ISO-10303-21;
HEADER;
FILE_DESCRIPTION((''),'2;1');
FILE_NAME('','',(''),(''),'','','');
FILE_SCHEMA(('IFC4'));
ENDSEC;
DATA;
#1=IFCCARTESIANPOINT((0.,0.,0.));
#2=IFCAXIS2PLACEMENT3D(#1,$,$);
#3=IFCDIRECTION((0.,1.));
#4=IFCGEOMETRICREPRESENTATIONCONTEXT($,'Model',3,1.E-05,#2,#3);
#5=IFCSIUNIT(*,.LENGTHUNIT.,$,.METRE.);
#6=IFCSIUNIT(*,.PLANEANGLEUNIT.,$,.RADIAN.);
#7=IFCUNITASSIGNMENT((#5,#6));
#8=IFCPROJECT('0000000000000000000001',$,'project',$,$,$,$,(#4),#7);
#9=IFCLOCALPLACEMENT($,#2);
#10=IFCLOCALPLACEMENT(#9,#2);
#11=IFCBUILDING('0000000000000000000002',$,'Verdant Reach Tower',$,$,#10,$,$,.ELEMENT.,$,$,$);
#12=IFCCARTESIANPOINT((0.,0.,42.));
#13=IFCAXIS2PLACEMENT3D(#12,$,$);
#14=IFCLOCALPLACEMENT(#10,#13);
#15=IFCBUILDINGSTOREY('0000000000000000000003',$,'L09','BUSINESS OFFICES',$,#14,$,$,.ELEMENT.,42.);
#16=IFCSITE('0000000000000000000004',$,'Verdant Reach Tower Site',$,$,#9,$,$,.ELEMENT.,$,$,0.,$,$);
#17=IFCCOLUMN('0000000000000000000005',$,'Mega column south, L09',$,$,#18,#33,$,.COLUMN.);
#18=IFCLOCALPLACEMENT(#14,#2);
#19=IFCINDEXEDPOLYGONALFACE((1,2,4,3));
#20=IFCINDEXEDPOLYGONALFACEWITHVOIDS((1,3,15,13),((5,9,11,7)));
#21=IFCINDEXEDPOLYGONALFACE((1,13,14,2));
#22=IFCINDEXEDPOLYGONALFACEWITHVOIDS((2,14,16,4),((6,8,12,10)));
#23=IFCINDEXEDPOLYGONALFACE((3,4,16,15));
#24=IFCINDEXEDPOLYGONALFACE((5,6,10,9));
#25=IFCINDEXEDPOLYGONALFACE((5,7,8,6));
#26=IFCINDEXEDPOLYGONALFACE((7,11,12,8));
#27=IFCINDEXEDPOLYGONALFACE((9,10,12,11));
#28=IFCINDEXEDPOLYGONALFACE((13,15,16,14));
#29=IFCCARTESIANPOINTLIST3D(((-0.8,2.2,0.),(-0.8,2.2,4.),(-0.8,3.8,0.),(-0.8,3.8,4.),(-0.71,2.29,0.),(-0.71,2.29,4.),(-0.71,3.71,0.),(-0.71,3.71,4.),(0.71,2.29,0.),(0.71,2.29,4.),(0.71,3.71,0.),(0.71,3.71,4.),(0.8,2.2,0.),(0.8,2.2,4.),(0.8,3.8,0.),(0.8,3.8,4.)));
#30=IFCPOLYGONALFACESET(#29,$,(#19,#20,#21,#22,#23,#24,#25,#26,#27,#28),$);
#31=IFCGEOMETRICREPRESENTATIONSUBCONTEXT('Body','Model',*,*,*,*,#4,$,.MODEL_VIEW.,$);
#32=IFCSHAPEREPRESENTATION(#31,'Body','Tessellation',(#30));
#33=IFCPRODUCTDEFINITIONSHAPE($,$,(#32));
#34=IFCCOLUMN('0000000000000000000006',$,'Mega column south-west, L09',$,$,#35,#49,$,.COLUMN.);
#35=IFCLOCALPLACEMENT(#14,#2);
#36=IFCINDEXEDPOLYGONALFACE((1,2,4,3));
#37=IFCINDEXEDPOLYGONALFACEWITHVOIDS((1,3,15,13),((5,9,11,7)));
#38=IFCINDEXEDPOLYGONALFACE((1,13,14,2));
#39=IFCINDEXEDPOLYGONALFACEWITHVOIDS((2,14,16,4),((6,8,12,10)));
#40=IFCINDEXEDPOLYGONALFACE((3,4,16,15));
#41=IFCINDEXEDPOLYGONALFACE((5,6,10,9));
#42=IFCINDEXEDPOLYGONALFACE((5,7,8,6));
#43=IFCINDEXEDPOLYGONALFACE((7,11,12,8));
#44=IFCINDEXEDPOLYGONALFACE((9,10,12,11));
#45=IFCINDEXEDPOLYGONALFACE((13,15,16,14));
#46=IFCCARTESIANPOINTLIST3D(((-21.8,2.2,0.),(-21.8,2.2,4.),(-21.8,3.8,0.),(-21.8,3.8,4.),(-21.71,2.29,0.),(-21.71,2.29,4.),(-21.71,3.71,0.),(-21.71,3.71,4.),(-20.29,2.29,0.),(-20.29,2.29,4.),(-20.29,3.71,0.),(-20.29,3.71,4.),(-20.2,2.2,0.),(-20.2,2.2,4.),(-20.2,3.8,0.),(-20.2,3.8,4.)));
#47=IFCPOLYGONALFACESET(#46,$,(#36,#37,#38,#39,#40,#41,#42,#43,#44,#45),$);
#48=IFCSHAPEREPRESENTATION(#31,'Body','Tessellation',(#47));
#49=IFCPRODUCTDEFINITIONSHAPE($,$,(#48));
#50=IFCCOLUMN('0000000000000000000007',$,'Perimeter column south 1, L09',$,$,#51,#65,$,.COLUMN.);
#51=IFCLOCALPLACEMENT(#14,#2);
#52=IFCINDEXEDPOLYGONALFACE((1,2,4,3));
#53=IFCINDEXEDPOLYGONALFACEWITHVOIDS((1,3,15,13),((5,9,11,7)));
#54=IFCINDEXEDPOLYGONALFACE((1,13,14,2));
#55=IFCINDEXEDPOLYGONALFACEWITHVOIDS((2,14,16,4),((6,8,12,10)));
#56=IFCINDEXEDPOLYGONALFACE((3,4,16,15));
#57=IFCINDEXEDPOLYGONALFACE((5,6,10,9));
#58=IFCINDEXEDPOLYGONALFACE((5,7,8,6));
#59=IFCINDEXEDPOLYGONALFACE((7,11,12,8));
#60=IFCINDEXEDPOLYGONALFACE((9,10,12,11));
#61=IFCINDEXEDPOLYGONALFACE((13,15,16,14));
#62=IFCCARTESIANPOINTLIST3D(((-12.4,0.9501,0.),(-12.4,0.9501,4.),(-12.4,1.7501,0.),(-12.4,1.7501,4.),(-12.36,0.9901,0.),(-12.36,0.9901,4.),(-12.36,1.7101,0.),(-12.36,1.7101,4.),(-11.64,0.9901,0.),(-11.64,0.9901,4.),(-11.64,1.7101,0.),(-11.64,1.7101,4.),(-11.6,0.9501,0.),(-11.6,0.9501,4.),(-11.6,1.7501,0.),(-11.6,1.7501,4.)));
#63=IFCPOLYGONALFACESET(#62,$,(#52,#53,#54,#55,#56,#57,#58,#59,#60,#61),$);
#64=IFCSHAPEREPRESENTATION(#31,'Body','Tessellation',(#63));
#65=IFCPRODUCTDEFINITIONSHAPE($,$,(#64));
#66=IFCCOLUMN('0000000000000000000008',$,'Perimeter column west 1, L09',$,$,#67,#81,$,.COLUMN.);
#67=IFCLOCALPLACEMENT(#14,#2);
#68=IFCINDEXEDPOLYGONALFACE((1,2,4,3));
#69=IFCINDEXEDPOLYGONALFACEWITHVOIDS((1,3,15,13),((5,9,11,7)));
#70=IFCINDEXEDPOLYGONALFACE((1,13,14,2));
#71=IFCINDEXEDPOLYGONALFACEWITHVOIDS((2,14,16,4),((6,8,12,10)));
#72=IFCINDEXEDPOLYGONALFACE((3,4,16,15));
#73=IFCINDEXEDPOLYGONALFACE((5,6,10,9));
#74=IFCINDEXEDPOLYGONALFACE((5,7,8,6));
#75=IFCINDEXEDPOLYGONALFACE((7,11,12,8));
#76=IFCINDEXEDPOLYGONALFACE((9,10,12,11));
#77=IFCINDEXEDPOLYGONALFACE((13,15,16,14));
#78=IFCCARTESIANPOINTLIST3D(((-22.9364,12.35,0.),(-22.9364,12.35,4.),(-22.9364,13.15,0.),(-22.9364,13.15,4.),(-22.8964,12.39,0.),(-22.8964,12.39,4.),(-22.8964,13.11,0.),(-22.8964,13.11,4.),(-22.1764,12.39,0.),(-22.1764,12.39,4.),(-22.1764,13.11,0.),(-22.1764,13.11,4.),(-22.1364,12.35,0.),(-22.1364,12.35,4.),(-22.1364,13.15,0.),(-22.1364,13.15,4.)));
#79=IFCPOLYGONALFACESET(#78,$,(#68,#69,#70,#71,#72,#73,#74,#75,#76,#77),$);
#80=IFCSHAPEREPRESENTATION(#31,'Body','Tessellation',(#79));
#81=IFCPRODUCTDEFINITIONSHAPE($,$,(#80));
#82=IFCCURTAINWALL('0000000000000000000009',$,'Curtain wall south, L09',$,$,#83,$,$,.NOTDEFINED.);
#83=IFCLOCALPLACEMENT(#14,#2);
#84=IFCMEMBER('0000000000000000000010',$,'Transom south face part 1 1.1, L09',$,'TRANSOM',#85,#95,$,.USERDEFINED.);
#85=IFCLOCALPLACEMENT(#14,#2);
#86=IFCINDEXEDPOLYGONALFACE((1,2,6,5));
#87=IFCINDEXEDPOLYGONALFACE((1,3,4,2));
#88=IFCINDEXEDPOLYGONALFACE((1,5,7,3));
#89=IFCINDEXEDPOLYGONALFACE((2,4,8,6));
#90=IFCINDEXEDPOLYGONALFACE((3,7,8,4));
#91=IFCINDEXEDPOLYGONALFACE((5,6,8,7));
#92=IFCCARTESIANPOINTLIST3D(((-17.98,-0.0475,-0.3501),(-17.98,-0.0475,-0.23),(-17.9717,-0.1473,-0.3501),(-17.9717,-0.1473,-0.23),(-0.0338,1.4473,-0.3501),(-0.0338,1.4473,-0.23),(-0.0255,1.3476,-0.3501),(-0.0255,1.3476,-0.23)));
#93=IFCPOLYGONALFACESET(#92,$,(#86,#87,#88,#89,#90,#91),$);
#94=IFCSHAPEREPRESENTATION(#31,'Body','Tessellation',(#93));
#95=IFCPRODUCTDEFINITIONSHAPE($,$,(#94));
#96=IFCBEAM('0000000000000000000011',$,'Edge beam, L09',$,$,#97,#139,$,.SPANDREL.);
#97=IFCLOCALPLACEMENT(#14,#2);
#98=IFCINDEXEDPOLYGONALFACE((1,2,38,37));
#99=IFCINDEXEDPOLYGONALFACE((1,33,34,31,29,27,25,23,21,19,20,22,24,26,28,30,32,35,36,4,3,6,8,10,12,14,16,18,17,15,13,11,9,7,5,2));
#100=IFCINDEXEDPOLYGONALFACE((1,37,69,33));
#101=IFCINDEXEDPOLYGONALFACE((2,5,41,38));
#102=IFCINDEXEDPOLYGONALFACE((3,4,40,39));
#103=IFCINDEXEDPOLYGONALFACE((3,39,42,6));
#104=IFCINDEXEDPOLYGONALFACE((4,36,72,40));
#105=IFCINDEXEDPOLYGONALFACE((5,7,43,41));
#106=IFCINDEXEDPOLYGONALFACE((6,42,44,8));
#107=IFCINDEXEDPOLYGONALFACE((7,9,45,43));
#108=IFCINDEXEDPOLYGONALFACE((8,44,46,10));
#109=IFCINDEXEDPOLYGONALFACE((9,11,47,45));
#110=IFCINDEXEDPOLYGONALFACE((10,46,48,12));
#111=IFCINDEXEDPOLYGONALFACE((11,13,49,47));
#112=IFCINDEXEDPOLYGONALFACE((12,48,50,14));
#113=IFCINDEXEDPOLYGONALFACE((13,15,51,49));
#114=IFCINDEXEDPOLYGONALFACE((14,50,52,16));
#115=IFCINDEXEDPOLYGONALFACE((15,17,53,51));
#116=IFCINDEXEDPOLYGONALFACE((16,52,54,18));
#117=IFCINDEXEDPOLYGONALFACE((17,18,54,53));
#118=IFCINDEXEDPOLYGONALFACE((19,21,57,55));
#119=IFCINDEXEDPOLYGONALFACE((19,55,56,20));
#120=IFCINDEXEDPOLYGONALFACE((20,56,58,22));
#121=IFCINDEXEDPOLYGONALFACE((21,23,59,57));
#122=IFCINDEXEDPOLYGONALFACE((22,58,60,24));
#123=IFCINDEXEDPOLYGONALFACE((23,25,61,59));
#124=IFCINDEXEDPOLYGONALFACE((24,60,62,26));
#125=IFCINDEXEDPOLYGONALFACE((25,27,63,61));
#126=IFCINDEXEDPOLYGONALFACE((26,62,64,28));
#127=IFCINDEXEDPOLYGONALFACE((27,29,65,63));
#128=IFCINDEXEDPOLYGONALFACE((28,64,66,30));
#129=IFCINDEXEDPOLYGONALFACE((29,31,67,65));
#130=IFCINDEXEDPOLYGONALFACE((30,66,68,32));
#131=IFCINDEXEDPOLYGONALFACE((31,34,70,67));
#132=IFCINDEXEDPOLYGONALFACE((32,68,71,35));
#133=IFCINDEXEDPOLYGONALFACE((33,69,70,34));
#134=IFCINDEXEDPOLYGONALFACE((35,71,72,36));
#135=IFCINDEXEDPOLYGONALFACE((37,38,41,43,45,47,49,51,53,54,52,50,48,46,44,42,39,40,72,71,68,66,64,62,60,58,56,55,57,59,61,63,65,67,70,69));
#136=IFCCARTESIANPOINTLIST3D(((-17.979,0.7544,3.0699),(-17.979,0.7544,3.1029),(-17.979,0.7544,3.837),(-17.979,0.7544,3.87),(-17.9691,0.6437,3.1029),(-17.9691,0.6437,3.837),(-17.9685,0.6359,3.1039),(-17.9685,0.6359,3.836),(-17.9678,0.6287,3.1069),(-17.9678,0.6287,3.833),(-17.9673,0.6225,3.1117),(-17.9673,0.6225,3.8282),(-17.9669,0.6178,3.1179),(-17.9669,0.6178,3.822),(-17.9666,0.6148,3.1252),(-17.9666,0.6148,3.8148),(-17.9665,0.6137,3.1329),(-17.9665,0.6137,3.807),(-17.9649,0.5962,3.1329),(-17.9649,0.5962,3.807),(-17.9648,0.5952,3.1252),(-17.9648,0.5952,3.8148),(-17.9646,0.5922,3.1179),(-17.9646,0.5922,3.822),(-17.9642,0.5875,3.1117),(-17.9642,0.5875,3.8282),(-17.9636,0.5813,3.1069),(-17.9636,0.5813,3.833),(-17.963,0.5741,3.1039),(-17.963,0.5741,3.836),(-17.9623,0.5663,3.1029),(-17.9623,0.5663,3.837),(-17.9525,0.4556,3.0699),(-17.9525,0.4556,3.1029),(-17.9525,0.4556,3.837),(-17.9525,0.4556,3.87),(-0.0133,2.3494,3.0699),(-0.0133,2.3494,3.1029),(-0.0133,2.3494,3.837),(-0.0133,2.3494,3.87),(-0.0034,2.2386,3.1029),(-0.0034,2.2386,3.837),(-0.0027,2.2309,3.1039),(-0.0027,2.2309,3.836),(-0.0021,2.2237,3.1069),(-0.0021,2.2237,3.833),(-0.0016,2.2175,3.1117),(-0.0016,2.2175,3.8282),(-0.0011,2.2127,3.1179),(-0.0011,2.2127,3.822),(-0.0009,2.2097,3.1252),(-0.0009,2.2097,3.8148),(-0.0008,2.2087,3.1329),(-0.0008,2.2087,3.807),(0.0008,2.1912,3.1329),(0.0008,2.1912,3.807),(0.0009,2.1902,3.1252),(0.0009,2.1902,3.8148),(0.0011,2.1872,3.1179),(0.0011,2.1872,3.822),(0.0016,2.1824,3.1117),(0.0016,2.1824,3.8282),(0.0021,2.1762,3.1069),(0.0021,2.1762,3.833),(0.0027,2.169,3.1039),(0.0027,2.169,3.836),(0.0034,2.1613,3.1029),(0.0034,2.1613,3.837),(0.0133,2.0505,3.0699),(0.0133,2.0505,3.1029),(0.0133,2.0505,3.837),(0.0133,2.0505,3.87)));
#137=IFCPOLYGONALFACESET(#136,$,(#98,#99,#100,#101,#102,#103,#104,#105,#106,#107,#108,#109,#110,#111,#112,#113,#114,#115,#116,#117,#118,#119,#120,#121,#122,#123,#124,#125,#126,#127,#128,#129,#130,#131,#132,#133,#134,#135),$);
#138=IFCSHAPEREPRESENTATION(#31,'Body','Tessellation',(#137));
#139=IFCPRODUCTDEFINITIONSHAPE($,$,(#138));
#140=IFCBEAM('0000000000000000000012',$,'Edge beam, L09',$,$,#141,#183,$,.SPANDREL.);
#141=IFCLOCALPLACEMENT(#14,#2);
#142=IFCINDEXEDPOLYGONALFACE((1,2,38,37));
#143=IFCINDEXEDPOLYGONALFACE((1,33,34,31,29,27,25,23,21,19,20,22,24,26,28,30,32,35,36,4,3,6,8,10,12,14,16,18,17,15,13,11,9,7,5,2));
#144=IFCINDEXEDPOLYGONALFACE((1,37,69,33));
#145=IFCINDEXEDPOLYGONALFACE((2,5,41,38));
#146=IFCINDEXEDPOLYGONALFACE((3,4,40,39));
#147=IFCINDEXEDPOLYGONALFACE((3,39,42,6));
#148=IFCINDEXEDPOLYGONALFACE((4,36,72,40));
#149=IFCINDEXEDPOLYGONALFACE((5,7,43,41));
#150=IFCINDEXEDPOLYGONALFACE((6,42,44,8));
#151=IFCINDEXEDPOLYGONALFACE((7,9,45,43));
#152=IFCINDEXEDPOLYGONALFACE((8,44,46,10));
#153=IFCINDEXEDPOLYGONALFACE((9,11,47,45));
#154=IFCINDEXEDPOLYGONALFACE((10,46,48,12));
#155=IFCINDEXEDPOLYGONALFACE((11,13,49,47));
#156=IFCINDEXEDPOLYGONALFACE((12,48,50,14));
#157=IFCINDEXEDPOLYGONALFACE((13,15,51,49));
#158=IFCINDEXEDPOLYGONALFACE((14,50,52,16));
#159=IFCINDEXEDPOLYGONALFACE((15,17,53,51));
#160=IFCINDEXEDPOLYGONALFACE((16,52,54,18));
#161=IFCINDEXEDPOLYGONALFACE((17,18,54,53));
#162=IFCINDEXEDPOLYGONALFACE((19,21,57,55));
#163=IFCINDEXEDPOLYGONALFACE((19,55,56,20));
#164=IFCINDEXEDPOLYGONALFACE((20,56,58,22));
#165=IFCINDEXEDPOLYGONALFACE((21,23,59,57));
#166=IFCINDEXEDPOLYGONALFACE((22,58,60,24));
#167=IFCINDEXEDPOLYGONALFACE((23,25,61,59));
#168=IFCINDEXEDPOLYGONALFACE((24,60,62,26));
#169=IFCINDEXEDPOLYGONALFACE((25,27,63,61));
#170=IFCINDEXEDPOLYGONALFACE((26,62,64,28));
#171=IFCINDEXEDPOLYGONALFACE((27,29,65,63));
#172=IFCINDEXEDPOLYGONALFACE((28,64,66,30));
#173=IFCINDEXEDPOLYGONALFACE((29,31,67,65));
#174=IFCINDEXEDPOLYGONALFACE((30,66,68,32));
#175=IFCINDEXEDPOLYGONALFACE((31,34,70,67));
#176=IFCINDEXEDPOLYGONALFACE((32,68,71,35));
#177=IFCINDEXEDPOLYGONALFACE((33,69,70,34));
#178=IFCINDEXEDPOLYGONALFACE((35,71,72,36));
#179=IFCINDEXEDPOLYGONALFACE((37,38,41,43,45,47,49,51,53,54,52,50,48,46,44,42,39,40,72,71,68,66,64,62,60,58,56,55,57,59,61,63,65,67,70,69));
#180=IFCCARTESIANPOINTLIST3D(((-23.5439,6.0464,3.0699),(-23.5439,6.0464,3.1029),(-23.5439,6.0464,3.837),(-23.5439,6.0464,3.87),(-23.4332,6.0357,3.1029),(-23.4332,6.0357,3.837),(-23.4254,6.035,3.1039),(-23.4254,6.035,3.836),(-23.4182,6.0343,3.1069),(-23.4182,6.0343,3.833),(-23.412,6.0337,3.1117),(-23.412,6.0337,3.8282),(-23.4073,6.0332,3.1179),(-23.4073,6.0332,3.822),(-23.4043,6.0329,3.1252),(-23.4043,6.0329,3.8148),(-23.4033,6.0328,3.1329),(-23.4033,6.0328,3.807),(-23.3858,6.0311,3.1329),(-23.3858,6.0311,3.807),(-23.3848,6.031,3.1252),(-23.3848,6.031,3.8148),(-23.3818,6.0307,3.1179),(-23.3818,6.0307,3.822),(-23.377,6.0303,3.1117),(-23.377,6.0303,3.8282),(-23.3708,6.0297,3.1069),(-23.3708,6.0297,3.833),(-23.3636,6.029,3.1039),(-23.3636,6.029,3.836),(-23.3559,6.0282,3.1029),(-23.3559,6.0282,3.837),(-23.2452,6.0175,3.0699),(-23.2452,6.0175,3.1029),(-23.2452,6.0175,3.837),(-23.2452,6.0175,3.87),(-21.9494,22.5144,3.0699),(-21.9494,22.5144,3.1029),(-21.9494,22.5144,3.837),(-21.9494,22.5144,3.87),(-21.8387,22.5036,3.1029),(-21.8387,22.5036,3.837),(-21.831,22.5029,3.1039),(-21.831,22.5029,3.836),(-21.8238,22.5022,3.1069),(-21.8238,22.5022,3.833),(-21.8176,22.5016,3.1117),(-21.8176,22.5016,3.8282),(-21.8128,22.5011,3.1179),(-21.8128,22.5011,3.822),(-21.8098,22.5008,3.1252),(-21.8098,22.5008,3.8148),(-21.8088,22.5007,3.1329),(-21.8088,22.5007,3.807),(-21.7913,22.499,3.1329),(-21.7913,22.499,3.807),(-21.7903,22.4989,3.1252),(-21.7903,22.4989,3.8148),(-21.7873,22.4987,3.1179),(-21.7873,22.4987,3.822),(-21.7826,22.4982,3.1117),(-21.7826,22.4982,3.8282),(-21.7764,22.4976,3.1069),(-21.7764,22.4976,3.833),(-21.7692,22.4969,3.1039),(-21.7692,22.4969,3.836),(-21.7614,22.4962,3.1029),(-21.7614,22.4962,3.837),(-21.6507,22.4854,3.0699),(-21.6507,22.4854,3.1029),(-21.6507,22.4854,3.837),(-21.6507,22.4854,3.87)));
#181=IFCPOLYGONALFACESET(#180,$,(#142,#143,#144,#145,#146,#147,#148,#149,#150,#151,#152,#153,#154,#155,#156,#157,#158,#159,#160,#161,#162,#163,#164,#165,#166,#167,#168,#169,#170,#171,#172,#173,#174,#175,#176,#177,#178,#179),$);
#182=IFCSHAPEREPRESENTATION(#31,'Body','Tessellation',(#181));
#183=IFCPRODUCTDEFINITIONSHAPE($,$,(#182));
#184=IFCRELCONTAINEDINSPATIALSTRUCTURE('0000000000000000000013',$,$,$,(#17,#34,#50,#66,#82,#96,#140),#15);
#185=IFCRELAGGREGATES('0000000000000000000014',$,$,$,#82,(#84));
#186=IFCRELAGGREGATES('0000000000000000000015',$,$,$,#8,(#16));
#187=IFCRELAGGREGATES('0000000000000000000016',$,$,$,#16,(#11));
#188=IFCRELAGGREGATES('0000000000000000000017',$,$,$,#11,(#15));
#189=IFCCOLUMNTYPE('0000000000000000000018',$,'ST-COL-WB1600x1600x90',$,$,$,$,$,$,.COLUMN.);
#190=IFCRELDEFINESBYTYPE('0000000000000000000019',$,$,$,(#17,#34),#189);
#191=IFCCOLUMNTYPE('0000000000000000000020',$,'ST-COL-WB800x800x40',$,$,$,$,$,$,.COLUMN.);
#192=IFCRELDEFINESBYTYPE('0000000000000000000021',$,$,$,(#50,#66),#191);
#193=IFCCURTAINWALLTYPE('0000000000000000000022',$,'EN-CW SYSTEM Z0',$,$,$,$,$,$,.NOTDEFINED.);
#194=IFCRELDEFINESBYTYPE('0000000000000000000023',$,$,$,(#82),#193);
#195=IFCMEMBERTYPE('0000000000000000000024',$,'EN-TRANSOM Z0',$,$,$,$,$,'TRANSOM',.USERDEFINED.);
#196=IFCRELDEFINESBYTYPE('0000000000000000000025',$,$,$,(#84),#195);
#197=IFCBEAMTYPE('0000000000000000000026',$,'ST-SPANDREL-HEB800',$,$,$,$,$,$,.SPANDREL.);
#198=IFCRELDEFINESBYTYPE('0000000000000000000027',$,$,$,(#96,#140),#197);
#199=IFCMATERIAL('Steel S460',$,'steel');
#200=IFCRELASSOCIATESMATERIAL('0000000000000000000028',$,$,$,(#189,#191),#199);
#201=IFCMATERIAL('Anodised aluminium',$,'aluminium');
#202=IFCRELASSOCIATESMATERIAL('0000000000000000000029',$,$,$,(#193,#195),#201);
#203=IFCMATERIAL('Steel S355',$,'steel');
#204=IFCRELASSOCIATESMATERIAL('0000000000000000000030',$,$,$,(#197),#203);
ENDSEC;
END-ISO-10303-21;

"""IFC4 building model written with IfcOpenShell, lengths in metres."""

from ifc_helpers import new_model, si_unit, direction, frame, origin, origin_2d, place, context, subcontext, project, spatial, rectangle, hollow_rectangle, i_section, extrude, material, material_profile, profile_set, type_object, element, aggregate, save


model = new_model("IFC4")

# Units and contexts
model_context = context("Model", 3, precision=1e-05, world=origin(), true_north=direction((0.0, 1.0)))
body_context = subcontext(model_context, "Body", "Model", "MODEL_VIEW")
ifc_project = project(units=[si_unit("LENGTHUNIT", "METRE"), si_unit("PLANEANGLEUNIT", "RADIAN")], contexts=[model_context])

# Site, building, storey
site_placement = place(None, origin())
site = spatial("IfcSite", under=ifc_project, at=site_placement, Name="Verdant Reach Tower Site", CompositionType="ELEMENT", RefElevation=0.0)
building_placement = place(site_placement, origin())
building = spatial("IfcBuilding", under=site, at=building_placement, Name="Verdant Reach Tower", CompositionType="ELEMENT")
storey_placement = place(building_placement, frame((0.0, 0.0, 42.0)))
storey = spatial("IfcBuildingStorey", under=building, at=storey_placement, Name="L09", Description="BUSINESS OFFICES", CompositionType="ELEMENT", Elevation=42.0)

# Columns
ifc_material_1 = material(Name="Steel S460", Category="steel")
ifc_material_profile_1 = material_profile(ifc_material_1, hollow_rectangle(XDim=1.6001, YDim=1.6001, WallThickness=0.0901, at=origin_2d()), Name="WB 1600x1600x90")
ifc_profile_set_1 = profile_set([ifc_material_profile_1], Name="Steel S460")
column_type_1 = type_object("IfcColumnType", Name="ST-COL-WB1600x1600x90", PredefinedType="COLUMN", material=ifc_profile_set_1)
for number, where, z_axis, x_axis, name in (
    (1, (0.0, 3.0, 0.0), (0.0, 0.0, 1.0), (1.0, 0.0, 0.0), "Mega column south, L09"),
    (2, (-21.0, 3.0, 0.0), (0.0, 0.0, 1.0), (1.0, 0.0, 0.0), "Mega column south-west, L09"),
):
    element("IfcColumn", number, at=place(storey_placement, frame(where, z_axis=z_axis, x_axis=x_axis)), inside=storey, type_object=column_type_1, Name=name, PredefinedType="COLUMN", context=body_context, shape_type="SweptSolid", body=[
        extrude(hollow_rectangle(XDim=1.6001, YDim=1.6001, WallThickness=0.0901, at=origin_2d()), origin(), (0.0, 0.0, 1.0), 4.0),
    ])
ifc_material_profile_2 = material_profile(ifc_material_1, hollow_rectangle(XDim=0.8, YDim=0.8, WallThickness=0.04, at=origin_2d()), Name="WB 800x800x40")
ifc_profile_set_2 = profile_set([ifc_material_profile_2], Name="Steel S460")
column_type_2 = type_object("IfcColumnType", Name="ST-COL-WB800x800x40", PredefinedType="COLUMN", material=ifc_profile_set_2)
for number, where, z_axis, x_axis, name in (
    (3, (-12.0, 1.3501, 0.0), (0.0, 0.0, 1.0), (1.0, 0.0, 0.0), "Perimeter column south 1, L09"),
    (4, (-22.5364, 12.75, 0.0), (0.0, 0.0, 1.0), (1.0, 0.0, 0.0), "Perimeter column west 1, L09"),
):
    element("IfcColumn", number, at=place(storey_placement, frame(where, z_axis=z_axis, x_axis=x_axis)), inside=storey, type_object=column_type_2, Name=name, PredefinedType="COLUMN", context=body_context, shape_type="SweptSolid", body=[
        extrude(hollow_rectangle(XDim=0.8, YDim=0.8, WallThickness=0.04, at=origin_2d()), origin(), (0.0, 0.0, 1.0), 4.0),
    ])

# Curtain wall, member
ifc_material_2 = material(Name="Anodised aluminium", Category="aluminium")
curtain_wall_type = type_object("IfcCurtainWallType", Name="EN-CW SYSTEM Z0", PredefinedType="NOTDEFINED", material=ifc_material_2)
curtain_wall_1_placement = place(storey_placement, origin())
curtain_wall_1 = element("IfcCurtainWall", 5, at=curtain_wall_1_placement, inside=storey, type_object=curtain_wall_type, Name="Curtain wall south, L09", PredefinedType="NOTDEFINED")
ifc_material_profile_3 = material_profile(ifc_material_2, rectangle(XDim=0.1001, YDim=0.1201, at=origin_2d()), Name="Transom 120x100")
ifc_profile_set_3 = profile_set([ifc_material_profile_3], Name="Anodised aluminium")
member_type = type_object("IfcMemberType", Name="EN-TRANSOM Z0", ElementType="TRANSOM", PredefinedType="USERDEFINED", material=ifc_profile_set_3)
member_placement = place(storey_placement, frame((-17.9758, -0.0974, -0.29), z_axis=(0.996549, 0.083011, 0.0), x_axis=(-0.083011, 0.996549, 0.0)))
member = element("IfcMember", 6, at=member_placement, type_object=member_type, Name="Transom south face part 1 1.1, L09", ObjectType="TRANSOM", PredefinedType="USERDEFINED", context=body_context, shape_type="SweptSolid", body=[
    extrude(rectangle(XDim=0.1001, YDim=0.1201, at=origin_2d()), origin(), (0.0, 0.0, 1.0), 18.0083),
])

# Beams
ifc_material_3 = material(Name="Steel S355", Category="steel")
ifc_material_profile_4 = material_profile(ifc_material_3, i_section(OverallWidth=0.3, OverallDepth=0.8, WebThickness=0.0176, FlangeThickness=0.033, FilletRadius=0.03, at=origin_2d()), Name="HEB 800")
ifc_profile_set_4 = profile_set([ifc_material_profile_4], Name="Steel S355")
beam_type_1 = type_object("IfcBeamType", Name="ST-SPANDREL-HEB800", PredefinedType="SPANDREL", material=ifc_profile_set_4)
beam_1_placement = place(storey_placement, frame((0.0, 2.2, 3.47), z_axis=(-0.996082, -0.08843, 0.0), x_axis=(0.08843, -0.996082, 0.0)))
element("IfcBeam", 7, at=beam_1_placement, inside=storey, type_object=beam_type_1, Name="Edge beam, L09", PredefinedType="SPANDREL", context=body_context, shape_type="SweptSolid", body=[
    extrude(i_section(OverallWidth=0.3, OverallDepth=0.8, WebThickness=0.0176, FlangeThickness=0.033, FilletRadius=0.03, at=origin_2d()), origin(), (0.0, 0.0, 1.0), 18.0364),
])
beam_2_placement = place(storey_placement, frame((-23.3945, 6.032, 3.47), z_axis=(0.096372, 0.995345, 0.0), x_axis=(-0.995345, 0.096372, 0.0)))
element("IfcBeam", 8, at=beam_2_placement, inside=storey, type_object=beam_type_1, Name="Edge beam, L09", PredefinedType="SPANDREL", context=body_context, shape_type="SweptSolid", body=[
    extrude(i_section(OverallWidth=0.3, OverallDepth=0.8, WebThickness=0.0176, FlangeThickness=0.033, FilletRadius=0.03, at=origin_2d()), origin(), (0.0, 0.0, 1.0), 16.5449),
])

aggregate(curtain_wall_1, [member])

save(model, "model.ifc")
